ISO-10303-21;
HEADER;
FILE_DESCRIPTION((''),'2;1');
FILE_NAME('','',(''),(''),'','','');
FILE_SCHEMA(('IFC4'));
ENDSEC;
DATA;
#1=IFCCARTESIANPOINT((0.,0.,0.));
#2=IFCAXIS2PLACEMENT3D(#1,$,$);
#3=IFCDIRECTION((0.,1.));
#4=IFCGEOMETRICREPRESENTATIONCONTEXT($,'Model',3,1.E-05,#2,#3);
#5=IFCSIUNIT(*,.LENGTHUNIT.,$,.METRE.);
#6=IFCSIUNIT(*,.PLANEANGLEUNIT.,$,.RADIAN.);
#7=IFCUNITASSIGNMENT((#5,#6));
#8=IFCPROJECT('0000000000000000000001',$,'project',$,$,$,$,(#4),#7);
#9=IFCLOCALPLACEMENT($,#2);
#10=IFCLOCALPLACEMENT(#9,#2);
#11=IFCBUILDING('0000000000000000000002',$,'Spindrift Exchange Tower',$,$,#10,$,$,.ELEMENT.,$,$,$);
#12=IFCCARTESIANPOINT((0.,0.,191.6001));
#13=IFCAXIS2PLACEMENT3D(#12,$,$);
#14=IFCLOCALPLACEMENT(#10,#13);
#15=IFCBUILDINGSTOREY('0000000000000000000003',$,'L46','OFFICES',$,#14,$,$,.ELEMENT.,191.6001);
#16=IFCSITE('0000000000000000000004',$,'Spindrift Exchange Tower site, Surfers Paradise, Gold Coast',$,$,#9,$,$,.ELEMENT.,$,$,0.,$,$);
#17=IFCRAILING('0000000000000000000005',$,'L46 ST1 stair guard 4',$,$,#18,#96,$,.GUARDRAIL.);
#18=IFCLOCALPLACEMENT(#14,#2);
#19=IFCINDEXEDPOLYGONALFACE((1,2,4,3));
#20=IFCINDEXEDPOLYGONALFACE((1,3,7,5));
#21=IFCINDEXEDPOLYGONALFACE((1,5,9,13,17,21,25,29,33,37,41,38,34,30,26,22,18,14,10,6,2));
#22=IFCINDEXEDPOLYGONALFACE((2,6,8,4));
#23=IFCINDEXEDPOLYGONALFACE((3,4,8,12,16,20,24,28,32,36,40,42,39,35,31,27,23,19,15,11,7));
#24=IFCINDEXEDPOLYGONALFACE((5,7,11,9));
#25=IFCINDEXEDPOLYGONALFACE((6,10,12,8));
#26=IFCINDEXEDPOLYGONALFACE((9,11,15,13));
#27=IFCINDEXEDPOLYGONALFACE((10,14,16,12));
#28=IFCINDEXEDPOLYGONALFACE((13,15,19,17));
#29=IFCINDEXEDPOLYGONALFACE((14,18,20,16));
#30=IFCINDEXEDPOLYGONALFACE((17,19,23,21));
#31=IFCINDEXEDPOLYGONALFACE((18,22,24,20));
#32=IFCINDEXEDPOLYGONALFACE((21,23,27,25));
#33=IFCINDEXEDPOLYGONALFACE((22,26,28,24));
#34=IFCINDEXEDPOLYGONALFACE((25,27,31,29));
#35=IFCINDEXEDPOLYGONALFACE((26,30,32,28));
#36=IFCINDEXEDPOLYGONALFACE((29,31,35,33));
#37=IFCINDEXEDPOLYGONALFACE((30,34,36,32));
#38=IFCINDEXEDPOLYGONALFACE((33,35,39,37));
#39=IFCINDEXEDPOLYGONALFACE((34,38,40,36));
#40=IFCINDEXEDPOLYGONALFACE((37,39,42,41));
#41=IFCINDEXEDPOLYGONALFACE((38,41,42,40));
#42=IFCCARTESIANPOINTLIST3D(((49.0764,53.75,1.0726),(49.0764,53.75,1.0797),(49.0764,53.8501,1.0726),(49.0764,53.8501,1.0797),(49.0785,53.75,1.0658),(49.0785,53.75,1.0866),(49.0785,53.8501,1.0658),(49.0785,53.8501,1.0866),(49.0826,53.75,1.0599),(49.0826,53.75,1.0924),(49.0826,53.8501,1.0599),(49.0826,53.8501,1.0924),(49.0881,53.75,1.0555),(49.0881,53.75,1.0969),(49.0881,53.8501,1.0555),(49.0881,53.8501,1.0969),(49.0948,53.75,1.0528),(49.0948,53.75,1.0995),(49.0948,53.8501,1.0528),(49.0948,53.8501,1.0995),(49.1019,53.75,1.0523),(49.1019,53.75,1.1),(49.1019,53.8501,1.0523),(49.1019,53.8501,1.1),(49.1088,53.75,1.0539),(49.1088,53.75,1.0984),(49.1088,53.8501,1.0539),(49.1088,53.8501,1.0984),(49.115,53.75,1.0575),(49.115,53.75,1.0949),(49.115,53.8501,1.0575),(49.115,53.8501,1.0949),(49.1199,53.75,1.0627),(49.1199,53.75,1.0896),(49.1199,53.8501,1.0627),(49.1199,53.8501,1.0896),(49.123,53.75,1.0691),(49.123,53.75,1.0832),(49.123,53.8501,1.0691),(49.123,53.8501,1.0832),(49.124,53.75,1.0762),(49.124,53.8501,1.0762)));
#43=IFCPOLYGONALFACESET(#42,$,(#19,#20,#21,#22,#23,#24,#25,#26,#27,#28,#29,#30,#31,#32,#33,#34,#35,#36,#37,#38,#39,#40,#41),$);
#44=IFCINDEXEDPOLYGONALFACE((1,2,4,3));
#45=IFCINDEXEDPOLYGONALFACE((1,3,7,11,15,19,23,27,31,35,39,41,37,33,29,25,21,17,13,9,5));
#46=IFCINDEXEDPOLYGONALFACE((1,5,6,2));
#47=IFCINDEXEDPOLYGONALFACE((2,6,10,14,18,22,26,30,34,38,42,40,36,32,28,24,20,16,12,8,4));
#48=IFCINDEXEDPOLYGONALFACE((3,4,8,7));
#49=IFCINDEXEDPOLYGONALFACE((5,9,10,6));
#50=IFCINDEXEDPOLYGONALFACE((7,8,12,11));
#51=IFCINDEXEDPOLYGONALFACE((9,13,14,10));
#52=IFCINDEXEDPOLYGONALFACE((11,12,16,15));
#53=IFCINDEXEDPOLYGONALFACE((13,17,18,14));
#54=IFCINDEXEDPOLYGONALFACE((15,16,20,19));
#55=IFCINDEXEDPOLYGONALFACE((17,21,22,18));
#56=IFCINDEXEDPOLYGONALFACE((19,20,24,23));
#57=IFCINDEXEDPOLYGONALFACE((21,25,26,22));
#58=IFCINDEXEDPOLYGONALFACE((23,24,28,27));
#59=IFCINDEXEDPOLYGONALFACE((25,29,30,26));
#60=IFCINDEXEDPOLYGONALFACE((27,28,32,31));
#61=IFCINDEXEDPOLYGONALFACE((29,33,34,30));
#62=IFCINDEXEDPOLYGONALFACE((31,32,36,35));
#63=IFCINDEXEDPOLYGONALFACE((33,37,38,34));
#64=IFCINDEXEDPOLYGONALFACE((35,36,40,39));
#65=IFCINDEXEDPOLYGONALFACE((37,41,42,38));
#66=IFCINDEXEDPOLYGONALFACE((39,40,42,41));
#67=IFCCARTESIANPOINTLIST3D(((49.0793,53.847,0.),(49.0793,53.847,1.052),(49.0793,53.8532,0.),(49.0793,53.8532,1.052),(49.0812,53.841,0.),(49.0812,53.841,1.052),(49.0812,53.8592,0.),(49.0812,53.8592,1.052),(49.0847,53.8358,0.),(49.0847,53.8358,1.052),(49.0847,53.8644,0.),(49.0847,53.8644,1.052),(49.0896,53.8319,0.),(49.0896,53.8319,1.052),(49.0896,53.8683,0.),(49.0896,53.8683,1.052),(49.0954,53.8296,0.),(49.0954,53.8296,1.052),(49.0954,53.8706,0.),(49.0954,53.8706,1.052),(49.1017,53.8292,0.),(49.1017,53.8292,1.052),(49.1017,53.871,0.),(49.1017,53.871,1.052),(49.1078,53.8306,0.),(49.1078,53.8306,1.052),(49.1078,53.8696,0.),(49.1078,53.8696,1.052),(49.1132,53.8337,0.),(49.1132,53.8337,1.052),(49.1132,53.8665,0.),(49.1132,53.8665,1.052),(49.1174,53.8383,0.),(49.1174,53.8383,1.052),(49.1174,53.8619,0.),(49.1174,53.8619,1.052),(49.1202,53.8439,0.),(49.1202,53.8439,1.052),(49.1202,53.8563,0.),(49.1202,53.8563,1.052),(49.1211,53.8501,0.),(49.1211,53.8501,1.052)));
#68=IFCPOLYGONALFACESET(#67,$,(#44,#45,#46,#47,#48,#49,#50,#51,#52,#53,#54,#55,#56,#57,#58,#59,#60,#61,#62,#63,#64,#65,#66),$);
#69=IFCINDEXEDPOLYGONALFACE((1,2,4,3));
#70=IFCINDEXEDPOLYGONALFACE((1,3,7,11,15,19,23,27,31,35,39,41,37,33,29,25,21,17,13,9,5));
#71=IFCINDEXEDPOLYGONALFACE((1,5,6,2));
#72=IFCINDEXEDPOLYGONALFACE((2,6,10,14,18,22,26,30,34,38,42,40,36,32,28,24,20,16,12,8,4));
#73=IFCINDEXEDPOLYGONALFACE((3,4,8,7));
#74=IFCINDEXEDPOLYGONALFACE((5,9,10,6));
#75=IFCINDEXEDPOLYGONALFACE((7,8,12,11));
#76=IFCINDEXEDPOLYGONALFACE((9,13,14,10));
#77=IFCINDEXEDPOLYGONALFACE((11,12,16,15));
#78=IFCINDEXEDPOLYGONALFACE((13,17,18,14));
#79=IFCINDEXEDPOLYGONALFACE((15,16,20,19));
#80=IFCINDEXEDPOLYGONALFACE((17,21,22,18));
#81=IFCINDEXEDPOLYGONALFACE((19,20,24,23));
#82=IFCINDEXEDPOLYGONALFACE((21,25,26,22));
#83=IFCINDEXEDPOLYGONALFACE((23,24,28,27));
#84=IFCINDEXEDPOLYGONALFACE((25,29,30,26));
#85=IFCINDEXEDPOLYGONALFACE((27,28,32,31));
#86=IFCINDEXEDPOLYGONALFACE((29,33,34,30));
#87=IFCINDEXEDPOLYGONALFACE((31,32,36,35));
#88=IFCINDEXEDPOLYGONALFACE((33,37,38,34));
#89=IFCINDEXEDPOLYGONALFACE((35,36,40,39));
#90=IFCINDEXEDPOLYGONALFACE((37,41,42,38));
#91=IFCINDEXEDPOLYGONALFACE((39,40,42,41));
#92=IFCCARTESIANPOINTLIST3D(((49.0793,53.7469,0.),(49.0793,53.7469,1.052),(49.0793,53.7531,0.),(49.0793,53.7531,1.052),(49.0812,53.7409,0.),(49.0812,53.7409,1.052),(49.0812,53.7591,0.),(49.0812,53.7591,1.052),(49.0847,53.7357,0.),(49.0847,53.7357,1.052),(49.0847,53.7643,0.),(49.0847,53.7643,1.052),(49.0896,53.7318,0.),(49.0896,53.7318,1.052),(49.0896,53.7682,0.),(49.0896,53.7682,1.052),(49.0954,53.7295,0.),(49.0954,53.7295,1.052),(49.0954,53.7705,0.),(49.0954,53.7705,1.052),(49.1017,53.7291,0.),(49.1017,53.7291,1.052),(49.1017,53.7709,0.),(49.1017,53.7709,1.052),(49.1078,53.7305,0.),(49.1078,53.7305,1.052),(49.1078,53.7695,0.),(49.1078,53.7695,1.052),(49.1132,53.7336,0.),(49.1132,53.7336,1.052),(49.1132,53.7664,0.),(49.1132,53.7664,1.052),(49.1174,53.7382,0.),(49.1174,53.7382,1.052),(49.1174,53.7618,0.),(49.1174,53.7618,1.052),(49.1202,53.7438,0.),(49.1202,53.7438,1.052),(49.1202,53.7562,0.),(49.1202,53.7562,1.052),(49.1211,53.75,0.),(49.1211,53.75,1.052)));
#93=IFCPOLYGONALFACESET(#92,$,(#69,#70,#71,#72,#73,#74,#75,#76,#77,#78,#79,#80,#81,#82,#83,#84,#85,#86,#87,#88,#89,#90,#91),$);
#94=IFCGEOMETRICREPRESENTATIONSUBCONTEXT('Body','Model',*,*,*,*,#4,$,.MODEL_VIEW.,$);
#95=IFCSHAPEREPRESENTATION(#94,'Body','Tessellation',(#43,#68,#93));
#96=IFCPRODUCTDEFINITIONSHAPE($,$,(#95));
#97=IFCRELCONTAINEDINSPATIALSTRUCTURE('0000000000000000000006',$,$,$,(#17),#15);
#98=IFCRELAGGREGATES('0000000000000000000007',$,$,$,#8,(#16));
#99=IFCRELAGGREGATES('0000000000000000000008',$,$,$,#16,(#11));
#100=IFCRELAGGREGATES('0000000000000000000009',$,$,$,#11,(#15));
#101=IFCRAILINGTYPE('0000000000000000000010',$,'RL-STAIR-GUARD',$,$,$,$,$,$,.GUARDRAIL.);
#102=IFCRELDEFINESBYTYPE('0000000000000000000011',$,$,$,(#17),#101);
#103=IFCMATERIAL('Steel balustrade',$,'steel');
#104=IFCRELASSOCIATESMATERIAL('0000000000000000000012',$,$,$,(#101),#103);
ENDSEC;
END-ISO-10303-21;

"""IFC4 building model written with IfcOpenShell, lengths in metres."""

from ifc_helpers import new_model, si_unit, direction, frame, origin, origin_2d, place, context, subcontext, project, spatial, circle, extrude, material, type_object, element, save


model = new_model("IFC4")

# Units and contexts
model_context = context("Model", 3, precision=1e-05, world=origin(), true_north=direction((0.0, 1.0)))
body_context = subcontext(model_context, "Body", "Model", "MODEL_VIEW")
ifc_project = project(units=[si_unit("LENGTHUNIT", "METRE"), si_unit("PLANEANGLEUNIT", "RADIAN")], contexts=[model_context])

# Site, building, storey
site_placement = place(None, origin())
site = spatial("IfcSite", under=ifc_project, at=site_placement, Name="Spindrift Exchange Tower site, Surfers Paradise, Gold Coast", CompositionType="ELEMENT", RefElevation=0.0)
building_placement = place(site_placement, origin())
building = spatial("IfcBuilding", under=site, at=building_placement, Name="Spindrift Exchange Tower", CompositionType="ELEMENT")
storey_placement = place(building_placement, frame((0.0, 0.0, 191.6001)))
storey = spatial("IfcBuildingStorey", under=building, at=storey_placement, Name="L46", Description="OFFICES", CompositionType="ELEMENT", Elevation=191.6001)

# Railing
ifc_material_1 = material(Name="Steel balustrade", Category="steel")
railing_type_1 = type_object("IfcRailingType", Name="RL-STAIR-GUARD", PredefinedType="GUARDRAIL", material=ifc_material_1)
railing_1_placement = place(storey_placement, frame((49.1001, 53.8501, 0.0)))
element("IfcRailing", 1, at=railing_1_placement, inside=storey, type_object=railing_type_1, Name="L46 ST1 stair guard 4", PredefinedType="GUARDRAIL", context=body_context, shape_type="SweptSolid", body=[
    extrude(circle(Radius=0.0239, at=origin_2d()), frame((0.0, 0.0, 1.0762), z_axis=(0.0, -1.0, 0.0), x_axis=(1.0, 0.0, 0.0)), (0.0, 0.0, 1.0), 0.1001),
    extrude(circle(Radius=0.021, at=origin_2d()), origin(), (0.0, 0.0, 1.0), 1.052),
    extrude(circle(Radius=0.021, at=origin_2d()), frame((0.0, -0.1001, 0.0)), (0.0, 0.0, 1.0), 1.052),
])

save(model, "model.ifc")
